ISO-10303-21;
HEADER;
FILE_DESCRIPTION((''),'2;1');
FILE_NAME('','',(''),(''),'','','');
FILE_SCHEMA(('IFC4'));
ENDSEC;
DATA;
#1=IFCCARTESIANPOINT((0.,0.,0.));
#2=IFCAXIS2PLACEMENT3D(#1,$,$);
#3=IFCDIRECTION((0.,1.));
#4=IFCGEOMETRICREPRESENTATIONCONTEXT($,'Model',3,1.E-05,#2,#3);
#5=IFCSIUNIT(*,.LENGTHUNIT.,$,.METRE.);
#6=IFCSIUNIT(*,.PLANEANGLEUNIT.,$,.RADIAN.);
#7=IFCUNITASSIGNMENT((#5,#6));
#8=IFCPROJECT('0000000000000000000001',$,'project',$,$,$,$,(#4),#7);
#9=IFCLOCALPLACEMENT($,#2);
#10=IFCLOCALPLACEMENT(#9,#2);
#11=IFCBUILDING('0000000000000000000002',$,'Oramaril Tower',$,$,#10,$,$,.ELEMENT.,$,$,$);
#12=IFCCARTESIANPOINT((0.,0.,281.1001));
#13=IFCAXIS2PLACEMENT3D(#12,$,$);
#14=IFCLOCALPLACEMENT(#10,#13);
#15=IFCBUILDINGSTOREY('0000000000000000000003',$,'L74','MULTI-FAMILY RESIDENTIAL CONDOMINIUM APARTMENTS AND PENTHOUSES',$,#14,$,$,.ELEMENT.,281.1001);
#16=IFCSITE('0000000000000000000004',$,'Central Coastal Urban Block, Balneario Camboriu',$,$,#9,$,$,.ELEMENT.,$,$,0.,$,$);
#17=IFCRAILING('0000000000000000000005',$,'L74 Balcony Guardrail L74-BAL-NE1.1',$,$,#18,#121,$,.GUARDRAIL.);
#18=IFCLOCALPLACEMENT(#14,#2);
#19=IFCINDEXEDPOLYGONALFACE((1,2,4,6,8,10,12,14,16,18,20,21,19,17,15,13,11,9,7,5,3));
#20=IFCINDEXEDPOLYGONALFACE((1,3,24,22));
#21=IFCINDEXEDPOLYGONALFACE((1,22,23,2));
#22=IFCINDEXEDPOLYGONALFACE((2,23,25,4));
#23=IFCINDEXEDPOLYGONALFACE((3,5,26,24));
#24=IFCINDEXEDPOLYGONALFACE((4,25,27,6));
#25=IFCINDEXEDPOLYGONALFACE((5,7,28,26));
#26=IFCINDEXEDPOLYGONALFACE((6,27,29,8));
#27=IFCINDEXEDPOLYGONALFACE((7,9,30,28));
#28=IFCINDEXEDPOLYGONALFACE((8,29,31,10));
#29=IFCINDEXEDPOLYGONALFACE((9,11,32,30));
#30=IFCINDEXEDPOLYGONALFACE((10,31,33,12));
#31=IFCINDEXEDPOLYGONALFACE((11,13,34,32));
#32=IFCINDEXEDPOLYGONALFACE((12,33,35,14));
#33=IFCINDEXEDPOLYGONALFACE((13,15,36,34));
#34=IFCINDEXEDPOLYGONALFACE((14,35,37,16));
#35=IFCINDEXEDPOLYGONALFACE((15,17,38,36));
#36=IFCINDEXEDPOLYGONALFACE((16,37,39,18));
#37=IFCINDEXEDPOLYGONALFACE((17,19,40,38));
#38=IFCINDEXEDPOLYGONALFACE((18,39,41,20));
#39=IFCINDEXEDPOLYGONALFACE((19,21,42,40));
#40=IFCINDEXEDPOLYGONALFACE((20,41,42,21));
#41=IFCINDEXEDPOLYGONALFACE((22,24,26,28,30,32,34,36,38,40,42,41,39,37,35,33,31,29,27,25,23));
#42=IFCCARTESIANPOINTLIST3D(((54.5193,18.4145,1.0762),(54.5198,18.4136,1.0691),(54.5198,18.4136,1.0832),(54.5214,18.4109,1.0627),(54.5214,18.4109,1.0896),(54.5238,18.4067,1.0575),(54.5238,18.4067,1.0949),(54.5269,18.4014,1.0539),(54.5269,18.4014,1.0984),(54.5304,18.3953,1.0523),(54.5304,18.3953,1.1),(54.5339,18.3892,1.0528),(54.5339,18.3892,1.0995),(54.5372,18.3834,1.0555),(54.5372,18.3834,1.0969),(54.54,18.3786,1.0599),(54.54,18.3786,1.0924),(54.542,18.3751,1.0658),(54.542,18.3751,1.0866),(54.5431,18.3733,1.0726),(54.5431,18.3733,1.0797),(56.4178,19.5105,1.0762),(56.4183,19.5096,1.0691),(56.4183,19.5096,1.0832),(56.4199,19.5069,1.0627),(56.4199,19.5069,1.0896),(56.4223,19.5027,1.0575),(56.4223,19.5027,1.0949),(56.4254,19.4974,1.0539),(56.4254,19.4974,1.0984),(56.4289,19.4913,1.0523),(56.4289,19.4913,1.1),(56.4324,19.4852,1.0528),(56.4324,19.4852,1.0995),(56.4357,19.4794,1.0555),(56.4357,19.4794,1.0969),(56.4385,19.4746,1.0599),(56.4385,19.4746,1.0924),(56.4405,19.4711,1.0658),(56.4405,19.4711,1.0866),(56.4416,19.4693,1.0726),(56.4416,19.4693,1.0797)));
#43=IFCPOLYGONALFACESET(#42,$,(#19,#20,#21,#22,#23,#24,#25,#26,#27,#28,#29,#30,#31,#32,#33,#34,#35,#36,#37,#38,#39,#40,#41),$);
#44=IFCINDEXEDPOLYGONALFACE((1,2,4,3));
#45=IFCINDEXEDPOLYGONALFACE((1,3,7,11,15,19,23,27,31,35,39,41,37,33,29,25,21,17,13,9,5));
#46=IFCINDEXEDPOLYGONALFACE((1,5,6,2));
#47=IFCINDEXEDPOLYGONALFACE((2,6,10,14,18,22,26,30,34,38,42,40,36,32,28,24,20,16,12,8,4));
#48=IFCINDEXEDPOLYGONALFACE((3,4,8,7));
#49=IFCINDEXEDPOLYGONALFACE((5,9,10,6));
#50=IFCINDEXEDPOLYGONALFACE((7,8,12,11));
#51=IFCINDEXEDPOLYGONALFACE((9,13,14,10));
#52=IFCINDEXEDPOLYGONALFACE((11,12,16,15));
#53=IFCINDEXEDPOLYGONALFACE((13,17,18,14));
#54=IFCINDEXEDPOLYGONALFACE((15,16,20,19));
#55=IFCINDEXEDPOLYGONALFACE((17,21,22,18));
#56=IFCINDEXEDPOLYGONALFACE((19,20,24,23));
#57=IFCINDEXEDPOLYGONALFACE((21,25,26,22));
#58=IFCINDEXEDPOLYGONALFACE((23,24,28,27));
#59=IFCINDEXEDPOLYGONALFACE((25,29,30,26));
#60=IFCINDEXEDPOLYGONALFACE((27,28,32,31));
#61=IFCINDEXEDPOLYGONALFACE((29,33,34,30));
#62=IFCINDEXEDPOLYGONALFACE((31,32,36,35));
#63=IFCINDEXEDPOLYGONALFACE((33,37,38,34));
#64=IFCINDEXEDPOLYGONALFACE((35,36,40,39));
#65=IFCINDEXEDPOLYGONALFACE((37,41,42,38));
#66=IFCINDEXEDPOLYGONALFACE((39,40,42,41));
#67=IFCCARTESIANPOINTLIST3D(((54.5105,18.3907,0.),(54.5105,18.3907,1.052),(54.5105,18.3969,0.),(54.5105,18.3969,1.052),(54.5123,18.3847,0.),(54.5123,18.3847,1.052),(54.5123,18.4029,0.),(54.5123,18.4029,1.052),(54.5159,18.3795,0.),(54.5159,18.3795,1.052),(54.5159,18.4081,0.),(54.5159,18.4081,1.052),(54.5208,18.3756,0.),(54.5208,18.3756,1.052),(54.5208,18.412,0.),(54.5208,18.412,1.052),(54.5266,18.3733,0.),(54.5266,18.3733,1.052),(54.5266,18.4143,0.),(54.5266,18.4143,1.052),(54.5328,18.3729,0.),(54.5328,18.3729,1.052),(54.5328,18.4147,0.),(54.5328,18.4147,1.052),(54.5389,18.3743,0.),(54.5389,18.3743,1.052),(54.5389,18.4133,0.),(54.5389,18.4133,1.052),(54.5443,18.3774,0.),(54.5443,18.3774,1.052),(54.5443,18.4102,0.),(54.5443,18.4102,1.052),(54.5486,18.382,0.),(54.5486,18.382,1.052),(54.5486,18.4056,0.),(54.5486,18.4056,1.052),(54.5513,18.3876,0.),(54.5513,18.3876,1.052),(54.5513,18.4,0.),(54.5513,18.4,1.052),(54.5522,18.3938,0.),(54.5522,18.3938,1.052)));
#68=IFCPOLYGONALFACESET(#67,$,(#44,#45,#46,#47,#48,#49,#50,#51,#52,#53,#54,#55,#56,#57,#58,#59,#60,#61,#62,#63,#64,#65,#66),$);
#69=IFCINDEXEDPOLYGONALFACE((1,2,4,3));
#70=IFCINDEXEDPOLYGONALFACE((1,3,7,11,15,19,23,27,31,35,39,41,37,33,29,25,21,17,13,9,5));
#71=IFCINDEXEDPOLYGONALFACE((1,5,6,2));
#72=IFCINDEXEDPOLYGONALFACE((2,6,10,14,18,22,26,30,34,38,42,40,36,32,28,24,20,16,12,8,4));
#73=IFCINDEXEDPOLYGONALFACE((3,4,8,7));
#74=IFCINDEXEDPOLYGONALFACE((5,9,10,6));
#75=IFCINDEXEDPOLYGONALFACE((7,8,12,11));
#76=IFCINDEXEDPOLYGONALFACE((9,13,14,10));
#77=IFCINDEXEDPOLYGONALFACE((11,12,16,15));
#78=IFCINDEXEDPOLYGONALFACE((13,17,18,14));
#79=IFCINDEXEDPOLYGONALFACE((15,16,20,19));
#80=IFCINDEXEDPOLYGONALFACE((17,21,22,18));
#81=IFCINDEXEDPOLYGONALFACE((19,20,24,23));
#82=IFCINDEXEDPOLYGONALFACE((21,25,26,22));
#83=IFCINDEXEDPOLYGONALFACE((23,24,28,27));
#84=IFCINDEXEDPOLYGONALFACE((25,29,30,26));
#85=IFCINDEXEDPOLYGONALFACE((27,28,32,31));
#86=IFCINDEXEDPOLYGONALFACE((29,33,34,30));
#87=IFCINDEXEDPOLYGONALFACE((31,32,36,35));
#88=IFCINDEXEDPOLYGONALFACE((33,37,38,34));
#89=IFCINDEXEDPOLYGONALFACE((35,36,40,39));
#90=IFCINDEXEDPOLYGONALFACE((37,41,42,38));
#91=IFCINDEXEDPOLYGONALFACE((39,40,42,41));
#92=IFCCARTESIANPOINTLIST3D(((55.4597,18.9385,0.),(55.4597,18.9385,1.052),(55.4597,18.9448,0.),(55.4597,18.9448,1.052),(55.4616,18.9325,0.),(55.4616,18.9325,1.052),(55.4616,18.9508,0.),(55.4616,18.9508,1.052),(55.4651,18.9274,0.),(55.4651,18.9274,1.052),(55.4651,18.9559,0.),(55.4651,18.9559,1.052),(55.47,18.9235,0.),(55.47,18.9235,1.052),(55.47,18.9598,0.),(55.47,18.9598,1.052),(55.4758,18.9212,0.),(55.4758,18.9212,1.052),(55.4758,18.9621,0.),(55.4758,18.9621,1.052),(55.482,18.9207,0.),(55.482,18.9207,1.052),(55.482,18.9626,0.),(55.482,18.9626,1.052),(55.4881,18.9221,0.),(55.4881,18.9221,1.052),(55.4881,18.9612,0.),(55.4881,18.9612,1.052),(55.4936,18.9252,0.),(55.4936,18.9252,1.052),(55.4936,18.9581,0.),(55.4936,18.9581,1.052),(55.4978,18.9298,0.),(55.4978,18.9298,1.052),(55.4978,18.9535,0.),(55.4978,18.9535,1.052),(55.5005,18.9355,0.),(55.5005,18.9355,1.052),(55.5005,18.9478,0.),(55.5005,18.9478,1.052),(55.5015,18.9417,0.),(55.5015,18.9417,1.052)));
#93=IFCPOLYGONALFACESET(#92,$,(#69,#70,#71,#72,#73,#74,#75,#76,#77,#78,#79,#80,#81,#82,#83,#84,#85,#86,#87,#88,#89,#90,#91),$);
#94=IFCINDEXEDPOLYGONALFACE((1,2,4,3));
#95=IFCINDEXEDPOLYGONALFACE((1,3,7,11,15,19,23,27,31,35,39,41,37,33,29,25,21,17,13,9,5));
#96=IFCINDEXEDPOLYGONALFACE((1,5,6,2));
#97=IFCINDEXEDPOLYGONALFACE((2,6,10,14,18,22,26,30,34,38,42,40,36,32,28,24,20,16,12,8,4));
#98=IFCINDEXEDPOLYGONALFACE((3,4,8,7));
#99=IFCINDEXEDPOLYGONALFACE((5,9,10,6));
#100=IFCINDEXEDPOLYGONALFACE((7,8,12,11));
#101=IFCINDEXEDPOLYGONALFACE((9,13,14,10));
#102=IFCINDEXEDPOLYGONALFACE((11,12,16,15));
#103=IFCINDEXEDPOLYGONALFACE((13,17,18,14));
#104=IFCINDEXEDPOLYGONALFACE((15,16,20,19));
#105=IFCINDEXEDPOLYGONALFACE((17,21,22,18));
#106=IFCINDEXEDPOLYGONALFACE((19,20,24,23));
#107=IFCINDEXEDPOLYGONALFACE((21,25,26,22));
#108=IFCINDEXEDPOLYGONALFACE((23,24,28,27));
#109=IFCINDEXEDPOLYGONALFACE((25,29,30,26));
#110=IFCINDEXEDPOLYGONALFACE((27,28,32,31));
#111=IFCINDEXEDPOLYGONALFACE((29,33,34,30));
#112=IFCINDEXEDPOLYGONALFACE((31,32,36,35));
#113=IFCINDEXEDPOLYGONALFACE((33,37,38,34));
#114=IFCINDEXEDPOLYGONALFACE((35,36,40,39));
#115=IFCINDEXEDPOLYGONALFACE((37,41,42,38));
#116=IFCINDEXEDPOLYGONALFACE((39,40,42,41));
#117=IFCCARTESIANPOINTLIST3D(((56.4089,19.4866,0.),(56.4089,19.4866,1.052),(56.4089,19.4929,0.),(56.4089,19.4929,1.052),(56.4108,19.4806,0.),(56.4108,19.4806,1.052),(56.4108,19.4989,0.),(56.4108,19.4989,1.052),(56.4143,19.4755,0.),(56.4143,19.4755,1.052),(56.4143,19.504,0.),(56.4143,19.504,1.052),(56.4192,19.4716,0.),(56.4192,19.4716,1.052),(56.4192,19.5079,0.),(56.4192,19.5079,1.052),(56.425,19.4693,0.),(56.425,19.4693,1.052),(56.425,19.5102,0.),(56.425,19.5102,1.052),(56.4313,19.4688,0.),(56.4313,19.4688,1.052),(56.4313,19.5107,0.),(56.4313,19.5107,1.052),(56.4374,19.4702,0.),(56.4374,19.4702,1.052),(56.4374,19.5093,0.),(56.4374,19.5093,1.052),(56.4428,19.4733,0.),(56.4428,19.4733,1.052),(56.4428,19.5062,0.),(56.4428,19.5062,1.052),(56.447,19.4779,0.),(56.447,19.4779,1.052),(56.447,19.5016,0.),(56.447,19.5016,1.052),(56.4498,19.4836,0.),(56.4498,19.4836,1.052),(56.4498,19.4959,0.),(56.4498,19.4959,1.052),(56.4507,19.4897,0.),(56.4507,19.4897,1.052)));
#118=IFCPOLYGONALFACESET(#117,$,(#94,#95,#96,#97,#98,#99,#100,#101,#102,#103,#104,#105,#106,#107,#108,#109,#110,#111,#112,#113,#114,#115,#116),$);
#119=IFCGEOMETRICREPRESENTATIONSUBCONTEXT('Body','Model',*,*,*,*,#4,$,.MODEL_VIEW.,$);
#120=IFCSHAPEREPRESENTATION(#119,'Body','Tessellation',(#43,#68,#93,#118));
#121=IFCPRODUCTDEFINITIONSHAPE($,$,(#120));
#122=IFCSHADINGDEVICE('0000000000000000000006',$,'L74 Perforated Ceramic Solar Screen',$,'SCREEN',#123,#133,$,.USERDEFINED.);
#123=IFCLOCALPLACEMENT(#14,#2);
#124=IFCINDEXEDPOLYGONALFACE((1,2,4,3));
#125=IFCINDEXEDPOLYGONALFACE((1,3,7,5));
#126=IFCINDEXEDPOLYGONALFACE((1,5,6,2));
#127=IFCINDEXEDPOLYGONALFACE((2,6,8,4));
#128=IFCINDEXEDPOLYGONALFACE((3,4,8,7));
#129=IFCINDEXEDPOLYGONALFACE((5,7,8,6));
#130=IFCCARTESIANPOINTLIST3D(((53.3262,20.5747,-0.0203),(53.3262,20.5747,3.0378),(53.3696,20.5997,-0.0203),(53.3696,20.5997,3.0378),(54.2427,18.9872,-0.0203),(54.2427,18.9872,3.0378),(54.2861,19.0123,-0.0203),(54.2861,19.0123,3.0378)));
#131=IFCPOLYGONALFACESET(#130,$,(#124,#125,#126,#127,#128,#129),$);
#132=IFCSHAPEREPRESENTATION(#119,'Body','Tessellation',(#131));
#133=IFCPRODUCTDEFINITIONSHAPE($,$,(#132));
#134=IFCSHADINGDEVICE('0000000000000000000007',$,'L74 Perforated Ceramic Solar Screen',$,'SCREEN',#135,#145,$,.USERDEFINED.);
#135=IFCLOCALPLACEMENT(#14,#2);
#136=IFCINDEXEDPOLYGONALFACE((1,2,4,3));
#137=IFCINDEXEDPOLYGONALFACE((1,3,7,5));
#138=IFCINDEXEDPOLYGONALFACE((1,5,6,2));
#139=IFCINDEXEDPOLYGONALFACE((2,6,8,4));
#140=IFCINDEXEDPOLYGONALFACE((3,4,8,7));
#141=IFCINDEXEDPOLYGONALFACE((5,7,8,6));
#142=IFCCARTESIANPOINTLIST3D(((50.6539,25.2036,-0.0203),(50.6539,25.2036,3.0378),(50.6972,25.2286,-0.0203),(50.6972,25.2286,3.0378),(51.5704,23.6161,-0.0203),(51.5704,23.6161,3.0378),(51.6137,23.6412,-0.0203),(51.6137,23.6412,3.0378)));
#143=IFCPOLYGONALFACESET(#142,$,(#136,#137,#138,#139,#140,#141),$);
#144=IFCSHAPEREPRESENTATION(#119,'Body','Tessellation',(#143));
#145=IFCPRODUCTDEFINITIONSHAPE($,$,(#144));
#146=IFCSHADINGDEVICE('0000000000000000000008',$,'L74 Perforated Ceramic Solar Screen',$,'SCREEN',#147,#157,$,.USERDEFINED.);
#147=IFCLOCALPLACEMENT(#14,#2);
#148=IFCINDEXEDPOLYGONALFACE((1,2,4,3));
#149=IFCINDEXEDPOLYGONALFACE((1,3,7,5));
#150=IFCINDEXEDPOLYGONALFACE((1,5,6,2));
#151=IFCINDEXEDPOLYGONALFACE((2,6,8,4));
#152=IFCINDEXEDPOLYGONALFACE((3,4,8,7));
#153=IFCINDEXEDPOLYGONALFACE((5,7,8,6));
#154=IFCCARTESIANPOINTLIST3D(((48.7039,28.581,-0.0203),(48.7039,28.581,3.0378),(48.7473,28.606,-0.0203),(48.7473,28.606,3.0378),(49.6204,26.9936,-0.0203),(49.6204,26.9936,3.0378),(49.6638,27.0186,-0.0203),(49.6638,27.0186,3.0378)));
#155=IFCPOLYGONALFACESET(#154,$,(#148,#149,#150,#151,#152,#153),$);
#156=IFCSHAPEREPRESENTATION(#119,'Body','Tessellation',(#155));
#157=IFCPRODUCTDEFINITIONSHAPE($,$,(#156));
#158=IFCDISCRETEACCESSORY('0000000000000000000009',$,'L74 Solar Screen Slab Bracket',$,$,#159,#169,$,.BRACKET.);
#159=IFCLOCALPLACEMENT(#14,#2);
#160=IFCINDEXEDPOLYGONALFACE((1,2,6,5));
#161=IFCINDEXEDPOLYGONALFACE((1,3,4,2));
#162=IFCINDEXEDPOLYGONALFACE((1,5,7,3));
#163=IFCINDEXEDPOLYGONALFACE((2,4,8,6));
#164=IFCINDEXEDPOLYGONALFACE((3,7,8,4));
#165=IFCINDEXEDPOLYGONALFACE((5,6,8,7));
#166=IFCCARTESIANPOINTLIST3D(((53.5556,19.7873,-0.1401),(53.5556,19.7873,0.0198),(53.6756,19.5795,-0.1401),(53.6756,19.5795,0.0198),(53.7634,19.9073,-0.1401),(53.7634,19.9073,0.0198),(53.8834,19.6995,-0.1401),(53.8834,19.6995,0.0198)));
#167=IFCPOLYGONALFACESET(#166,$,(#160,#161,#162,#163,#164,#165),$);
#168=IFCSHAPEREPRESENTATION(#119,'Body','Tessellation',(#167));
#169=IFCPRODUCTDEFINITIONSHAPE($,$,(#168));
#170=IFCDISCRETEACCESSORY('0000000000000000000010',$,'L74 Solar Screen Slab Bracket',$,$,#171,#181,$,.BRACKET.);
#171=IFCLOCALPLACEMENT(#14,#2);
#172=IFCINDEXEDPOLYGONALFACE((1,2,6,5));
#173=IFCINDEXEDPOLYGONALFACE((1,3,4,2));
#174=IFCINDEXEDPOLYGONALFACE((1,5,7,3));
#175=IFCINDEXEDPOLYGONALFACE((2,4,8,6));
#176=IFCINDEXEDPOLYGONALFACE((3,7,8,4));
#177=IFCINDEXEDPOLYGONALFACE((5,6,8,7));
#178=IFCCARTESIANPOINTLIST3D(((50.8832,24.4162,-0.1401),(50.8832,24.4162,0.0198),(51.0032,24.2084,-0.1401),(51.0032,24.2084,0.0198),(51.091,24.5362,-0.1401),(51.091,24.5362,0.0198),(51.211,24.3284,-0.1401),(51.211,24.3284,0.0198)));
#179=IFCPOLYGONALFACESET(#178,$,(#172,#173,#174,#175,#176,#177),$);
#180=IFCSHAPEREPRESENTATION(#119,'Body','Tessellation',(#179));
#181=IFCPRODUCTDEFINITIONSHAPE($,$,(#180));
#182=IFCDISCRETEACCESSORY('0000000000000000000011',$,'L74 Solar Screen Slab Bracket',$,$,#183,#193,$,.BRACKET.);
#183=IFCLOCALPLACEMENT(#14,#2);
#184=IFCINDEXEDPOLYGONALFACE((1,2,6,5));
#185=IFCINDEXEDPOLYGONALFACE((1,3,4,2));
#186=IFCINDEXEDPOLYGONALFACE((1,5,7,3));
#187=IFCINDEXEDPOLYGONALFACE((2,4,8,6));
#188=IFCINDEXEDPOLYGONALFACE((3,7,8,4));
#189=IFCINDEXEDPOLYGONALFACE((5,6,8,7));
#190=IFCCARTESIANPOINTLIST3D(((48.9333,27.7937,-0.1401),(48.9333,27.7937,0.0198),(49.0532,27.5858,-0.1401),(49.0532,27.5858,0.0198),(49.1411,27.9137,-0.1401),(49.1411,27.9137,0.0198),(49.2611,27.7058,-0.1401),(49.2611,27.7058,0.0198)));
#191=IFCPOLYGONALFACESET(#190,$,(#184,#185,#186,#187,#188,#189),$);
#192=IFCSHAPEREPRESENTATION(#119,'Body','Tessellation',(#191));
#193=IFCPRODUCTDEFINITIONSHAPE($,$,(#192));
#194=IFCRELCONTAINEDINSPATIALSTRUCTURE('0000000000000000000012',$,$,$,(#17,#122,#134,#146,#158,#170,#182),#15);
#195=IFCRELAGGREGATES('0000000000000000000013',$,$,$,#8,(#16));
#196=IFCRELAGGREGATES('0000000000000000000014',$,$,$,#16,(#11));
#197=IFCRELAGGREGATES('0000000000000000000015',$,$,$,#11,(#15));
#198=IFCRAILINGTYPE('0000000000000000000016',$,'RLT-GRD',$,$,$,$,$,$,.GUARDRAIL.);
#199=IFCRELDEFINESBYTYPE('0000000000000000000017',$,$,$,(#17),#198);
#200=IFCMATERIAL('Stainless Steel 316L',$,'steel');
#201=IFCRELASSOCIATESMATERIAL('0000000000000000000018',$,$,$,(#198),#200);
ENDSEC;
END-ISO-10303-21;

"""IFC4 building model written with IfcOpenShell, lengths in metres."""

from ifc_helpers import new_model, si_unit, direction, frame, origin, origin_2d, place, context, subcontext, project, spatial, rectangle, circle, extrude, material, type_object, element, save


model = new_model("IFC4")

# Units and contexts
model_context = context("Model", 3, precision=1e-05, world=origin(), true_north=direction((0.0, 1.0)))
body_context = subcontext(model_context, "Body", "Model", "MODEL_VIEW")
ifc_project = project(units=[si_unit("LENGTHUNIT", "METRE"), si_unit("PLANEANGLEUNIT", "RADIAN")], contexts=[model_context])

# Site, building, storey
site_placement = place(None, origin())
site = spatial("IfcSite", under=ifc_project, at=site_placement, Name="Central Coastal Urban Block, Balneario Camboriu", CompositionType="ELEMENT", RefElevation=0.0)
building_placement = place(site_placement, origin())
building = spatial("IfcBuilding", under=site, at=building_placement, Name="Oramaril Tower", CompositionType="ELEMENT")
storey_placement = place(building_placement, frame((0.0, 0.0, 281.1001)))
storey = spatial("IfcBuildingStorey", under=building, at=storey_placement, Name="L74", Description="MULTI-FAMILY RESIDENTIAL CONDOMINIUM APARTMENTS AND PENTHOUSES", CompositionType="ELEMENT", Elevation=281.1001)

# Railing
ifc_material_1 = material(Name="Stainless Steel 316L", Category="steel")
railing_type = type_object("IfcRailingType", Name="RLT-GRD", PredefinedType="GUARDRAIL", material=ifc_material_1)
railing_1_placement = place(storey_placement, frame((54.5312, 18.3938, 0.0)))
element("IfcRailing", 1, at=railing_1_placement, inside=storey, type_object=railing_type, Name="L74 Balcony Guardrail L74-BAL-NE1.1", PredefinedType="GUARDRAIL", context=body_context, shape_type="SweptSolid", body=[
    extrude(circle(Radius=0.0239, at=origin_2d()), frame((0.0, 0.0, 1.0762), z_axis=(0.866048, 0.49996, 0.0), x_axis=(-0.49996, 0.866048, 0.0)), (0.0, 0.0, 1.0), 2.1921),
    extrude(circle(Radius=0.021, at=origin_2d()), origin(), (0.0, 0.0, 1.0), 1.052),
    extrude(circle(Radius=0.021, at=origin_2d()), frame((0.9492, 0.5479, 0.0)), (0.0, 0.0, 1.0), 1.052),
    extrude(circle(Radius=0.021, at=origin_2d()), frame((1.8984, 1.0959, 0.0)), (0.0, 0.0, 1.0), 1.052),
])

# Shading devices
for number, where, z_axis, x_axis, name in (
    (2, (53.8062, 19.7935, -0.0203), (0.0, 0.0, 1.0), (-0.5, 0.866025, 0.0), "L74 Perforated Ceramic Solar Screen"),
    (3, (51.1338, 24.4224, -0.0203), (0.0, 0.0, 1.0), (-0.5, 0.866025, 0.0), "L74 Perforated Ceramic Solar Screen"),
    (4, (49.1838, 27.7998, -0.0203), (0.0, 0.0, 1.0), (-0.5, 0.866025, 0.0), "L74 Perforated Ceramic Solar Screen"),
):
    element("IfcShadingDevice", number, at=place(storey_placement, frame(where, z_axis=z_axis, x_axis=x_axis)), inside=storey, Name=name, ObjectType="SCREEN", PredefinedType="USERDEFINED", context=body_context, shape_type="SweptSolid", body=[
        extrude(rectangle(XDim=1.833, YDim=0.05, at=origin_2d()), origin(), (0.0, 0.0, 1.0), 3.0581),
    ])

# Discrete accessories
for number, where, z_axis, x_axis, name in (
    (5, (53.7195, 19.7434, -0.1401), (0.0, 0.0, 1.0), (-0.5, 0.866025, 0.0), "L74 Solar Screen Slab Bracket"),
    (6, (51.0471, 24.3723, -0.1401), (0.0, 0.0, 1.0), (-0.5, 0.866025, 0.0), "L74 Solar Screen Slab Bracket"),
    (7, (49.0972, 27.7498, -0.1401), (0.0, 0.0, 1.0), (-0.5, 0.866025, 0.0), "L74 Solar Screen Slab Bracket"),
):
    element("IfcDiscreteAccessory", number, at=place(storey_placement, frame(where, z_axis=z_axis, x_axis=x_axis)), inside=storey, Name=name, PredefinedType="BRACKET", context=body_context, shape_type="SweptSolid", body=[
        extrude(rectangle(XDim=0.24, YDim=0.24, at=origin_2d()), origin(), (0.0, 0.0, 1.0), 0.1599),
    ])

save(model, "model.ifc")
